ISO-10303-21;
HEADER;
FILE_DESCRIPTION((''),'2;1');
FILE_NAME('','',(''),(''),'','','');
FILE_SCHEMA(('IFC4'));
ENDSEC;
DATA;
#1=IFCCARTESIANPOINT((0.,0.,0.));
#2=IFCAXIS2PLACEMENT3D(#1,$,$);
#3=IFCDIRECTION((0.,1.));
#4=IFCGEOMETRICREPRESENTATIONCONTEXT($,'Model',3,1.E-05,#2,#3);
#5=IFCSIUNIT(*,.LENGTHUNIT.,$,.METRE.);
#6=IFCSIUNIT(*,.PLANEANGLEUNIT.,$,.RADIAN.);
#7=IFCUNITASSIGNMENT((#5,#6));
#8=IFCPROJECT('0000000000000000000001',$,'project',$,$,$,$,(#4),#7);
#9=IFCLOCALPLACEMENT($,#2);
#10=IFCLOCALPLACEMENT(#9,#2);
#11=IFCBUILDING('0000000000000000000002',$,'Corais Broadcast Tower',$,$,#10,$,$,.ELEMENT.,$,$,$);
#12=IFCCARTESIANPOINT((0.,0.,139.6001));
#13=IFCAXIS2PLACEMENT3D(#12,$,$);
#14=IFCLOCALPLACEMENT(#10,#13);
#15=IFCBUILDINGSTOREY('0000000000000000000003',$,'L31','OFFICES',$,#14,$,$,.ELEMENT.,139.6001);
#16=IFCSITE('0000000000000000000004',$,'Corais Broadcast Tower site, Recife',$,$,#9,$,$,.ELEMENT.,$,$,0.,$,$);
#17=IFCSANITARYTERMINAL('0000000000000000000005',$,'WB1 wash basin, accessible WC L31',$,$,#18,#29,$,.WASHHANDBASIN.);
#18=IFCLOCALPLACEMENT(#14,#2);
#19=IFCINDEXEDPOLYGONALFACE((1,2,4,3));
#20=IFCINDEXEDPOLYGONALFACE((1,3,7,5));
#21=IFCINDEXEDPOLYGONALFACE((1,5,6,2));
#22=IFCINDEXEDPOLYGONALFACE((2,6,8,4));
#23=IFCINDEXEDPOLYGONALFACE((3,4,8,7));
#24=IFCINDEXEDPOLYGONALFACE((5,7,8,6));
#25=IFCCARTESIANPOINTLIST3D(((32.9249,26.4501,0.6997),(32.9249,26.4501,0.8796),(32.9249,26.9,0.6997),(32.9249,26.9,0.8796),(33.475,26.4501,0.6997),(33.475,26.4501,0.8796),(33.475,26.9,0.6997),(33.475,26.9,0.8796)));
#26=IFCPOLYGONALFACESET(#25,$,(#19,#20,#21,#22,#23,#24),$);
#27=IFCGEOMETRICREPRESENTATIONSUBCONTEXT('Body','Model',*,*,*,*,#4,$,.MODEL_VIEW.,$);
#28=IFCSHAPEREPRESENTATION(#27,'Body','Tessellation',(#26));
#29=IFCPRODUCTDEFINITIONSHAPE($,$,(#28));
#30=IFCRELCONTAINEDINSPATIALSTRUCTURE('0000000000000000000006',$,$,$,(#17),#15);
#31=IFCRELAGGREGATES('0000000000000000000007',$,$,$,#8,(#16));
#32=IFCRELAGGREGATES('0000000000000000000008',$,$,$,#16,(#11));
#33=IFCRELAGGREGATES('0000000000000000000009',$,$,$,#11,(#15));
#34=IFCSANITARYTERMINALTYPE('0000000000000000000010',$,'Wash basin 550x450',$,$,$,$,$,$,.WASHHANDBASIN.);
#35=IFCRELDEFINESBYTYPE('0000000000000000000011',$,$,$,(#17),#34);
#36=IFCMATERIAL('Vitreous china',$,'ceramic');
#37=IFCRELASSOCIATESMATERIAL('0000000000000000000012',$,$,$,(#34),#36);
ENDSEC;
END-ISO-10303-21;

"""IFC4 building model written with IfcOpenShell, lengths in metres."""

from ifc_helpers import new_model, si_unit, direction, frame, origin, origin_2d, place, context, subcontext, project, spatial, rectangle, extrude, material, type_object, element, save


model = new_model("IFC4")

# Units and contexts
model_context = context("Model", 3, precision=1e-05, world=origin(), true_north=direction((0.0, 1.0)))
body_context = subcontext(model_context, "Body", "Model", "MODEL_VIEW")
ifc_project = project(units=[si_unit("LENGTHUNIT", "METRE"), si_unit("PLANEANGLEUNIT", "RADIAN")], contexts=[model_context])

# Site, building, storey
site_placement = place(None, origin())
site = spatial("IfcSite", under=ifc_project, at=site_placement, Name="Corais Broadcast Tower site, Recife", CompositionType="ELEMENT", RefElevation=0.0)
building_placement = place(site_placement, origin())
building = spatial("IfcBuilding", under=site, at=building_placement, Name="Corais Broadcast Tower", CompositionType="ELEMENT")
storey_placement = place(building_placement, frame((0.0, 0.0, 139.6001)))
storey = spatial("IfcBuildingStorey", under=building, at=storey_placement, Name="L31", Description="OFFICES", CompositionType="ELEMENT", Elevation=139.6001)

# Sanitary terminal
ifc_material_1 = material(Name="Vitreous china", Category="ceramic")
sanitary_terminal_type_1 = type_object("IfcSanitaryTerminalType", Name="Wash basin 550x450", PredefinedType="WASHHANDBASIN", material=ifc_material_1)
sanitary_terminal_placement = place(storey_placement, frame((33.2, 26.675, 0.6997), z_axis=(0.0, 0.0, 1.0), x_axis=(1.0, 0.0, 0.0)))
element("IfcSanitaryTerminal", 1, at=sanitary_terminal_placement, inside=storey, type_object=sanitary_terminal_type_1, Name="WB1 wash basin, accessible WC L31", PredefinedType="WASHHANDBASIN", context=body_context, shape_type="SweptSolid", body=[
    extrude(rectangle(XDim=0.55, YDim=0.45, at=origin_2d()), origin(), (0.0, 0.0, 1.0), 0.1799),
])

save(model, "model.ifc")
